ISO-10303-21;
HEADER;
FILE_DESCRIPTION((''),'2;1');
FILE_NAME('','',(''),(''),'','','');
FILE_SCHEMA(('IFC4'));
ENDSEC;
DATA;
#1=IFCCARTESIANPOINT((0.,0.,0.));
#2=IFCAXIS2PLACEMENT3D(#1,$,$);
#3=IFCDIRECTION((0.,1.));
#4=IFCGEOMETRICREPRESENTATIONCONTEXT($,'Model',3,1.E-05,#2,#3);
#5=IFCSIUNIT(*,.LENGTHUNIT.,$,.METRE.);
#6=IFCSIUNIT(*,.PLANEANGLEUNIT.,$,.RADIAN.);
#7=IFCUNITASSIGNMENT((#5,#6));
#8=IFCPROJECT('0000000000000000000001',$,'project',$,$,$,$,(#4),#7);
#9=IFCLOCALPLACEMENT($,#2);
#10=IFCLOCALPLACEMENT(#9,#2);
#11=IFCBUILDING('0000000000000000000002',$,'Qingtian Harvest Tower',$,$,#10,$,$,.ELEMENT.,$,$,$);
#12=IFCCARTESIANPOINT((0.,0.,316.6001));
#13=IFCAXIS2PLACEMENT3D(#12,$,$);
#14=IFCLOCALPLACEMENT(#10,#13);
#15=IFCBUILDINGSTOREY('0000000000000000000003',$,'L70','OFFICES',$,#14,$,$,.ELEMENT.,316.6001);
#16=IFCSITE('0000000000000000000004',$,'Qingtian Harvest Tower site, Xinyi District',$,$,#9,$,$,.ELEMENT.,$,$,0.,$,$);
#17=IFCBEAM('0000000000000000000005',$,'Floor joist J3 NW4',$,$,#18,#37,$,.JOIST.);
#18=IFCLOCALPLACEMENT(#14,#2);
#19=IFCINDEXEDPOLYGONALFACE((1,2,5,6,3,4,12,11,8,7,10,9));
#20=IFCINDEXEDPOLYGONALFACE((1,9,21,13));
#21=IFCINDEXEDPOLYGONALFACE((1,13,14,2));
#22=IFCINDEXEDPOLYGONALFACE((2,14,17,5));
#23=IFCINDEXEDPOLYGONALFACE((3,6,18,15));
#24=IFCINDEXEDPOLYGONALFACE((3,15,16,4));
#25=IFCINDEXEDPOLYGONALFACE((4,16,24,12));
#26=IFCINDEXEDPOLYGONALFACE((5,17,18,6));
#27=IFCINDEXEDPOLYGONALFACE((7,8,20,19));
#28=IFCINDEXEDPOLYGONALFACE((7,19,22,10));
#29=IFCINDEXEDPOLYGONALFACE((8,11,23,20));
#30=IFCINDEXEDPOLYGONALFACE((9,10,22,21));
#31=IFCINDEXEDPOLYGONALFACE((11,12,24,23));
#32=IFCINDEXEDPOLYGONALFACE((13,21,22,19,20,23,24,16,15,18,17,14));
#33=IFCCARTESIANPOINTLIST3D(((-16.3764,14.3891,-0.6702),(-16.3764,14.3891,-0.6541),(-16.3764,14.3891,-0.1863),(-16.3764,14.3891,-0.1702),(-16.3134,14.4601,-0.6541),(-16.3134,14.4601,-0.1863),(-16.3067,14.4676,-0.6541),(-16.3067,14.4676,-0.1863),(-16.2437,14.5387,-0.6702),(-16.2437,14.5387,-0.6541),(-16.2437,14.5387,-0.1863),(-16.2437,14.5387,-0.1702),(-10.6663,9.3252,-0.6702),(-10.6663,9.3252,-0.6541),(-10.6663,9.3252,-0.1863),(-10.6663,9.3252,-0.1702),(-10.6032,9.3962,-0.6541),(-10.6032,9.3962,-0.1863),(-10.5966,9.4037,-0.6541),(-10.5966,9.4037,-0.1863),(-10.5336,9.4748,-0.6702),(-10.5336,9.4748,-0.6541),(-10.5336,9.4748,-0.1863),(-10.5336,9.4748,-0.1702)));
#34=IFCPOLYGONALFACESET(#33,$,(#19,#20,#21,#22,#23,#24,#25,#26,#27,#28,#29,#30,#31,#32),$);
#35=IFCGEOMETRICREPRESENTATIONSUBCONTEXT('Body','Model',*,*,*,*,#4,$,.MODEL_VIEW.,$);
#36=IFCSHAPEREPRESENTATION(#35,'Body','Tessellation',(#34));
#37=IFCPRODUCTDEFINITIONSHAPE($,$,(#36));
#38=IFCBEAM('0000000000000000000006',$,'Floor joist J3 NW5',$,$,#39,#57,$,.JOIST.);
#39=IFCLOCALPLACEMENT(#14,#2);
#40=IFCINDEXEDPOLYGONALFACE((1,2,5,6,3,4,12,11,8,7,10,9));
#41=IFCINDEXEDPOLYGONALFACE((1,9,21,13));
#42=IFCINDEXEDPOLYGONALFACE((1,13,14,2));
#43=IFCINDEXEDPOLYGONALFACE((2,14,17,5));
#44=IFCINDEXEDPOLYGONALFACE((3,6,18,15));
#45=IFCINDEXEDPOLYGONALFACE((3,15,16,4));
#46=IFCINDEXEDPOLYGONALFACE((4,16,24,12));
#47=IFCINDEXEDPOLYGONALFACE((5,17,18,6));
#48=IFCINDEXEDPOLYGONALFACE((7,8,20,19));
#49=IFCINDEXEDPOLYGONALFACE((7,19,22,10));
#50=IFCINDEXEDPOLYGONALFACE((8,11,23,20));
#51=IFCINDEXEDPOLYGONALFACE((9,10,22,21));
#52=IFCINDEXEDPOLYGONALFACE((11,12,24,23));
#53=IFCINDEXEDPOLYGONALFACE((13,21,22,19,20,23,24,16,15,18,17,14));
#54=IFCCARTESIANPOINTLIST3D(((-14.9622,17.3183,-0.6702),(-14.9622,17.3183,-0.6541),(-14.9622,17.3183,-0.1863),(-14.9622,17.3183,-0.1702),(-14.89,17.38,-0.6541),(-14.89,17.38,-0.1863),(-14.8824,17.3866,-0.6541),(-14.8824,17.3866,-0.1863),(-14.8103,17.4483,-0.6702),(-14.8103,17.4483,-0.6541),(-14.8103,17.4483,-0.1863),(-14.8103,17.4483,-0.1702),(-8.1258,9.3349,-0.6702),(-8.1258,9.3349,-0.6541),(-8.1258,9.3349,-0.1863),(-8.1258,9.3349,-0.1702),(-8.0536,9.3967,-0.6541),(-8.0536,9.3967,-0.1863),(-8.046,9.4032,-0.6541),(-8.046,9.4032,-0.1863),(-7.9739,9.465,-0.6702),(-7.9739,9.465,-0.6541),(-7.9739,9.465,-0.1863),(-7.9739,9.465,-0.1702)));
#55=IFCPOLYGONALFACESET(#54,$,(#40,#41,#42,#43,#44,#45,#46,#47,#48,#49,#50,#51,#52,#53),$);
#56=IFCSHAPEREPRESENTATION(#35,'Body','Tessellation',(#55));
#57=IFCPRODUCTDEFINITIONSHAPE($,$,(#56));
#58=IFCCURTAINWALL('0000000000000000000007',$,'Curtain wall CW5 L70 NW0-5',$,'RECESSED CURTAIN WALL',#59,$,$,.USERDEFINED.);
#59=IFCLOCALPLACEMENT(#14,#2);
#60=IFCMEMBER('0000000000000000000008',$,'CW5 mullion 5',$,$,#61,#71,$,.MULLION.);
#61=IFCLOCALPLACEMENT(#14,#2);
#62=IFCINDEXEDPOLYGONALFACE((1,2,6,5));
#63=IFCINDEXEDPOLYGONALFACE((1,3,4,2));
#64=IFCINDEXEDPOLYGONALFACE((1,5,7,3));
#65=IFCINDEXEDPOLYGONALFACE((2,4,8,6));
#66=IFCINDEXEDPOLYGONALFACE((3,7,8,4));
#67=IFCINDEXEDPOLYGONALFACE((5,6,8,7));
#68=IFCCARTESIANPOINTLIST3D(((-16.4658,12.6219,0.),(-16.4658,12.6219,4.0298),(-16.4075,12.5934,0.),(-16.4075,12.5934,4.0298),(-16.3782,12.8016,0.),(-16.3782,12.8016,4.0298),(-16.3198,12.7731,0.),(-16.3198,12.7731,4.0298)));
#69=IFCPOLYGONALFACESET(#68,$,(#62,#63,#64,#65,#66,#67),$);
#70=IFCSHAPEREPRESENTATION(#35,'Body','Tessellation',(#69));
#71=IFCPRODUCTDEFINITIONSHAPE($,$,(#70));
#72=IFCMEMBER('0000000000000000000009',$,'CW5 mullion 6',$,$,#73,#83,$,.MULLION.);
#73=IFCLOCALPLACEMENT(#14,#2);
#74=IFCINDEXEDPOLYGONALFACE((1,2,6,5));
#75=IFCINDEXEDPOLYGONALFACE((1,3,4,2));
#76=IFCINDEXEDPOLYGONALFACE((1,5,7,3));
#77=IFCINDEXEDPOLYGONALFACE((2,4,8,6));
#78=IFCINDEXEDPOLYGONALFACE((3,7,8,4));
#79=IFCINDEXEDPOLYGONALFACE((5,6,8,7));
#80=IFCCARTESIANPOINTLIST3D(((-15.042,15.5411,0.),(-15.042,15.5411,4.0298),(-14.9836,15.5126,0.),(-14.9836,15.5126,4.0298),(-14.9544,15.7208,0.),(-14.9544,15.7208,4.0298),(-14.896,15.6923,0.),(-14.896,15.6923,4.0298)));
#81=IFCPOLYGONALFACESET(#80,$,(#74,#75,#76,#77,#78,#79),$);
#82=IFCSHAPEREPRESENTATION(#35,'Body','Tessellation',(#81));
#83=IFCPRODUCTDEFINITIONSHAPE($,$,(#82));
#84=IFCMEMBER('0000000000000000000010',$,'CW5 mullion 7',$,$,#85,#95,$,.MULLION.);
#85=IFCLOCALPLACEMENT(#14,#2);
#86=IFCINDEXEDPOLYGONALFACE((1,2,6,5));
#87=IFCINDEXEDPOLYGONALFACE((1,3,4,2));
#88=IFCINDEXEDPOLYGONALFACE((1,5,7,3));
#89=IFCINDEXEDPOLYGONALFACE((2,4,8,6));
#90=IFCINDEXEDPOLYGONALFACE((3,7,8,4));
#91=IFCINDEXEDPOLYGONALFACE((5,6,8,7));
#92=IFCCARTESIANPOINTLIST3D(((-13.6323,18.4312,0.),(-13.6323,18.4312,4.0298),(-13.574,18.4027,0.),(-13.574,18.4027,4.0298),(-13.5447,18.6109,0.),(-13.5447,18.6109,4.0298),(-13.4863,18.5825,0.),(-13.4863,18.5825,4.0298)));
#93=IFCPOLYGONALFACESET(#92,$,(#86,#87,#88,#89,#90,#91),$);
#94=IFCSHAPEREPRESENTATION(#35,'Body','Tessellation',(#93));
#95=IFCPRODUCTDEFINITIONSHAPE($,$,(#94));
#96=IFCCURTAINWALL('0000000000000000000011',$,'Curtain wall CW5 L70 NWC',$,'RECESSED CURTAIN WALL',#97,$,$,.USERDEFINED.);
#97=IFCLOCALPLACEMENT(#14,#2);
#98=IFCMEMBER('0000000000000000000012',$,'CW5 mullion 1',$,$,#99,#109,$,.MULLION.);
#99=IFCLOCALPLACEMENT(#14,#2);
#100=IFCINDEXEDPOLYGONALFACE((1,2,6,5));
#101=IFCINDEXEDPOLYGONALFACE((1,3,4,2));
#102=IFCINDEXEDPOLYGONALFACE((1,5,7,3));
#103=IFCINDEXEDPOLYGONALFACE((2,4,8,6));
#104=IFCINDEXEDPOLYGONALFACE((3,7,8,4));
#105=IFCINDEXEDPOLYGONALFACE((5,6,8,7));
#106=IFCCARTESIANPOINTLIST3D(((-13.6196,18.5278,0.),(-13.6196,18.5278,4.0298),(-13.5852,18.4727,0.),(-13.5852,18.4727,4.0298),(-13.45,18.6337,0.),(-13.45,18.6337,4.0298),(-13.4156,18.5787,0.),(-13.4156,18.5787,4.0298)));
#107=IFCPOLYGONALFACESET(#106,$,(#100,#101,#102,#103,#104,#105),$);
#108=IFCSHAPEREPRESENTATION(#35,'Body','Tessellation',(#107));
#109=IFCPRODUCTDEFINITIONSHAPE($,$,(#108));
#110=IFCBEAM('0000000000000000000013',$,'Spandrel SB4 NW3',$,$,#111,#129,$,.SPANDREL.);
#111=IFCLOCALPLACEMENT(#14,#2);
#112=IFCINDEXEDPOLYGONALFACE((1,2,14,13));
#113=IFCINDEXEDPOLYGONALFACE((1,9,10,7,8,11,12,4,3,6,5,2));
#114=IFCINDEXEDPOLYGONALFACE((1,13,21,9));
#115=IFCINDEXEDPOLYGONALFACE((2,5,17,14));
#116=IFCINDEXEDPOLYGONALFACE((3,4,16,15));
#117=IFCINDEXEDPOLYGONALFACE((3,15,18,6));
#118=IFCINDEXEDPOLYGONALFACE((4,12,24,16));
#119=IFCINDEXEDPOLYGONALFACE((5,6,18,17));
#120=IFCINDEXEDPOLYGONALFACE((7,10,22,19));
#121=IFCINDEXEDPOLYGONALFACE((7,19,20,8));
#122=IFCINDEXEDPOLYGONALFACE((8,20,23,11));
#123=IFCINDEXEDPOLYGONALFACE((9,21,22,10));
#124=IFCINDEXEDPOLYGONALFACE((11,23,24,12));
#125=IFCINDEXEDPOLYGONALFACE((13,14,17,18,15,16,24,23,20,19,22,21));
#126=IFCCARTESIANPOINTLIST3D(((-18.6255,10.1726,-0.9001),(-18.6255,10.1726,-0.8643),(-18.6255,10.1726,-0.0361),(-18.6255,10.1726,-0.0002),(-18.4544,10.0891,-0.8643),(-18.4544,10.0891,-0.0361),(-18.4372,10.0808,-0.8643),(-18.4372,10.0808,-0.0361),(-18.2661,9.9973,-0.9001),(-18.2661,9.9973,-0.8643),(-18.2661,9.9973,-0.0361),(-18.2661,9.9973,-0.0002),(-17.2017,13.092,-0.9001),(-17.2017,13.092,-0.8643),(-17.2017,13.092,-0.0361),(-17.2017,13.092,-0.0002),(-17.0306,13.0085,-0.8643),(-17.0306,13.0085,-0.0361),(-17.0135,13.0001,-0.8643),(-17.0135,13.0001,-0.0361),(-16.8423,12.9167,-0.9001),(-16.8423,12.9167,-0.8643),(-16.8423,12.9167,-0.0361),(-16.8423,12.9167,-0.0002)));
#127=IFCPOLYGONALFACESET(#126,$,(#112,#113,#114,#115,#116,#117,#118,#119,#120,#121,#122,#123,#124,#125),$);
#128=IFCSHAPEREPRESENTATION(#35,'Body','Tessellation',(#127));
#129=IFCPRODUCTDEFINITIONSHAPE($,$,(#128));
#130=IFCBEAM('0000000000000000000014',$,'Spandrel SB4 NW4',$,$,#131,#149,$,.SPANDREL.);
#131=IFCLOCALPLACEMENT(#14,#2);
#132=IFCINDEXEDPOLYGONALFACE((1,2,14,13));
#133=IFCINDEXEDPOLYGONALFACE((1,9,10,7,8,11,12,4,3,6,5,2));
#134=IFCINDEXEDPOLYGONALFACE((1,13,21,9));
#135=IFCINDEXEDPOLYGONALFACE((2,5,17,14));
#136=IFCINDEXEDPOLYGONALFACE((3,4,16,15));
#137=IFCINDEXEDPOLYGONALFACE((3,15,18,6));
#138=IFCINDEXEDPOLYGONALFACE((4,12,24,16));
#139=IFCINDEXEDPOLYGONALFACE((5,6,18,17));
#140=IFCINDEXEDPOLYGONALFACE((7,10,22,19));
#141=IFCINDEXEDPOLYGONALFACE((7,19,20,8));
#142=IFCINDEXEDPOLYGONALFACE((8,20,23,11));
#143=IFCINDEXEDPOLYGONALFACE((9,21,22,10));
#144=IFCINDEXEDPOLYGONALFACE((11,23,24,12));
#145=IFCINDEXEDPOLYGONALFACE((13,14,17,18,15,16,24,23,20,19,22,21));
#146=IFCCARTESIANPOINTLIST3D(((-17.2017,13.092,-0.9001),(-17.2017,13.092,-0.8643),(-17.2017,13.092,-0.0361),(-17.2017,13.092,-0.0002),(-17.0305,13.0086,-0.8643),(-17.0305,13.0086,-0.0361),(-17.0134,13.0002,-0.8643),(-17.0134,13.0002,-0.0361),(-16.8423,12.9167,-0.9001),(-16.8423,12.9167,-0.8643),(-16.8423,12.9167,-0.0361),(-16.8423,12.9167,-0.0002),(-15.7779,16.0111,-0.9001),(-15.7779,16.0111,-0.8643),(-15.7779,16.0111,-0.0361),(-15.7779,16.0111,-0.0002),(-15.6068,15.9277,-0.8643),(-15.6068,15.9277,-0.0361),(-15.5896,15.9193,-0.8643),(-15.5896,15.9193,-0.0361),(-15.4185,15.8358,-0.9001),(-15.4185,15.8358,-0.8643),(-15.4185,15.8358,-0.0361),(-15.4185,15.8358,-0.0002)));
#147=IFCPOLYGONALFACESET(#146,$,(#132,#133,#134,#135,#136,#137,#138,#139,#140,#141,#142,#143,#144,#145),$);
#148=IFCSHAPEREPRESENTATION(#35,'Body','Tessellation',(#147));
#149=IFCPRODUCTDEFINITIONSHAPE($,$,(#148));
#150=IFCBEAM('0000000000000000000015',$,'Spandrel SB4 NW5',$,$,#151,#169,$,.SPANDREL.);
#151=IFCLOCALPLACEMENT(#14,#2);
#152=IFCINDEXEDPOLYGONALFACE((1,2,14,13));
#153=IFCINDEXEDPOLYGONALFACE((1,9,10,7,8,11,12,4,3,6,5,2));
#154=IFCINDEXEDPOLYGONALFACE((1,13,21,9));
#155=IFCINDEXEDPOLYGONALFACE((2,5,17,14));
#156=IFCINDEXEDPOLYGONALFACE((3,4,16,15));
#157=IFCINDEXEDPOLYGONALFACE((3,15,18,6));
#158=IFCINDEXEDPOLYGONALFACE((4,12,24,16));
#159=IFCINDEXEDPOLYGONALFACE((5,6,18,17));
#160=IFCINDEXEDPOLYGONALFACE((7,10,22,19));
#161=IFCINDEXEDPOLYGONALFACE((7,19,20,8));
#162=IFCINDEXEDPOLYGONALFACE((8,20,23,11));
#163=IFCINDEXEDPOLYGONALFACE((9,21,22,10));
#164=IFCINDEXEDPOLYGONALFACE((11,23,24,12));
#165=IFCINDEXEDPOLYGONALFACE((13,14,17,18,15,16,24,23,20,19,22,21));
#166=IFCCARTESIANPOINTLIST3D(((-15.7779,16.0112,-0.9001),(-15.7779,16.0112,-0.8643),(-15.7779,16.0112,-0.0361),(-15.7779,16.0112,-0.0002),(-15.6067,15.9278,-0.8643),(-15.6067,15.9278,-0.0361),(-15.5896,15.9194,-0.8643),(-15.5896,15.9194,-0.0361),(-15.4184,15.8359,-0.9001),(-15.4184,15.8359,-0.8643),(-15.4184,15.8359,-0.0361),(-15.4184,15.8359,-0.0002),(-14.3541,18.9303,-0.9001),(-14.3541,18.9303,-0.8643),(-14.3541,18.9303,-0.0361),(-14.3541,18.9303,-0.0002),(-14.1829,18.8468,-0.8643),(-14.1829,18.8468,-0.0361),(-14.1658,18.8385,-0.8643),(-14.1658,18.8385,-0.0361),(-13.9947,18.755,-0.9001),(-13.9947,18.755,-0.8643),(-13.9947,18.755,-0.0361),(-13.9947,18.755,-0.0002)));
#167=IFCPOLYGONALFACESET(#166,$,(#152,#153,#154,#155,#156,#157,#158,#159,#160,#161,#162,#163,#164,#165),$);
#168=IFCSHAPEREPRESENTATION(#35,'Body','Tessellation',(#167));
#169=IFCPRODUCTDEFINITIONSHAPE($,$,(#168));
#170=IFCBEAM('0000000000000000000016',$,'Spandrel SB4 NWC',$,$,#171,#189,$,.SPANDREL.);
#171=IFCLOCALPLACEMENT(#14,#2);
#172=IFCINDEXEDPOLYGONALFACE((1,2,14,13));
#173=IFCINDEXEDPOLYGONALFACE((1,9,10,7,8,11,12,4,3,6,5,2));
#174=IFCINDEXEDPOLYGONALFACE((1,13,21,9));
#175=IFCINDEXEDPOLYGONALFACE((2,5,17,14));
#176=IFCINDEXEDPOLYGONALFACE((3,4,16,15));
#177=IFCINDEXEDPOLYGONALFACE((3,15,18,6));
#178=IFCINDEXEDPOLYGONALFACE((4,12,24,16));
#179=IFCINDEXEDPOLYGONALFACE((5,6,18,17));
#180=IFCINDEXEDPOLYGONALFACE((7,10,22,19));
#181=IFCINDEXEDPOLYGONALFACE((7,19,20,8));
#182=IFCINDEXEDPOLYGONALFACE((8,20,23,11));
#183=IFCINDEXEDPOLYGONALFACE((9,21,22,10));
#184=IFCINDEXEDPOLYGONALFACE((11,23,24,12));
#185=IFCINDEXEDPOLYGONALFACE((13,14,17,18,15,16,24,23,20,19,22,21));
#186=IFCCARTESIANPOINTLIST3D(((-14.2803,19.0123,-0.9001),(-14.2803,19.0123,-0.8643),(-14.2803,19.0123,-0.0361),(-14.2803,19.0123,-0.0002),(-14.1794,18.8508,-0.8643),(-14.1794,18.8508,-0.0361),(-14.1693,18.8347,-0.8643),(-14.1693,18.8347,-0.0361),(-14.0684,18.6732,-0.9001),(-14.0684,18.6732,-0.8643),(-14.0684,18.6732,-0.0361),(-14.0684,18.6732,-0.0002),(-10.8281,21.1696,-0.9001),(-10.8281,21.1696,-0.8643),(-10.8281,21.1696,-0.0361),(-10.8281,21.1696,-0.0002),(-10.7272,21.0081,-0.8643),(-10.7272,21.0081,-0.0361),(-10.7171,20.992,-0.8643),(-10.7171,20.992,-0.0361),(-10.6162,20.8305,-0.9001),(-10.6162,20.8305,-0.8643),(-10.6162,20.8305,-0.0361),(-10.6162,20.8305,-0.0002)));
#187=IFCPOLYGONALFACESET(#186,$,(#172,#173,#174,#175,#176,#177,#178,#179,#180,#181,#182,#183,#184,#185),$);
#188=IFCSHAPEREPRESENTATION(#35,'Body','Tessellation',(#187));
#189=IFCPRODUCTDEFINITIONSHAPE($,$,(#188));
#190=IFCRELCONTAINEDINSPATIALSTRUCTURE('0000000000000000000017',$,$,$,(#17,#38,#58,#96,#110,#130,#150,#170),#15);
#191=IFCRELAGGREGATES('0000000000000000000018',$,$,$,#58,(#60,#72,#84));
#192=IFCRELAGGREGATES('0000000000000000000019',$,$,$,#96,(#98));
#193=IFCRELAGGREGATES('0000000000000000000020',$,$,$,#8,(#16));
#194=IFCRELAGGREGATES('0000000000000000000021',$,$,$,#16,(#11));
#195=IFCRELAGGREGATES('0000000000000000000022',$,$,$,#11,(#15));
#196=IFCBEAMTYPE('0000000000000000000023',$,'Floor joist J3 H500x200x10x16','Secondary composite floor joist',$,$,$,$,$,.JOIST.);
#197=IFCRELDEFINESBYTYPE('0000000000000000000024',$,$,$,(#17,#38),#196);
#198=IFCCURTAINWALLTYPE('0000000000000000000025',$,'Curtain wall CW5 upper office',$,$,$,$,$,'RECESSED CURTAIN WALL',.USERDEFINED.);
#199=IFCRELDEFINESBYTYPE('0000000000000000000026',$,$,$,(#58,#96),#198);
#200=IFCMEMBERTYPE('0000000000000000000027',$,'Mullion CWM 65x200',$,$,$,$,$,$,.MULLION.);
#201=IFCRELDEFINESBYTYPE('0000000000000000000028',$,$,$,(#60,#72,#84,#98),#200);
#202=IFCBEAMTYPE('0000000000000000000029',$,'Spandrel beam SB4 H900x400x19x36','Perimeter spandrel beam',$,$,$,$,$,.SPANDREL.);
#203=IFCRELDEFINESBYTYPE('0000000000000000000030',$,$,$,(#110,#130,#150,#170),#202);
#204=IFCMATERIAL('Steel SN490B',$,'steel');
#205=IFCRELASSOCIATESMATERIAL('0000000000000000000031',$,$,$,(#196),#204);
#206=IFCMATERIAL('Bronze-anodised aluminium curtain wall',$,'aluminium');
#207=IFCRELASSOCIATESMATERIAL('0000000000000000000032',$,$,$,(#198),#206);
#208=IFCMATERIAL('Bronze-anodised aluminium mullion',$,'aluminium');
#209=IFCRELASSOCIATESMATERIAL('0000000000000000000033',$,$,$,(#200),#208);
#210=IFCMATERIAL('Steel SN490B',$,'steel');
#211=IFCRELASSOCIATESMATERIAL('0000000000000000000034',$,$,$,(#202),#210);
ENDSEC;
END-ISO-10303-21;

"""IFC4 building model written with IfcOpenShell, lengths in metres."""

from ifc_helpers import new_model, si_unit, direction, frame, origin, origin_2d, place, context, subcontext, project, spatial, rectangle, i_section, extrude, material, material_profile, profile_set, type_object, element, aggregate, save


model = new_model("IFC4")

# Units and contexts
model_context = context("Model", 3, precision=1e-05, world=origin(), true_north=direction((0.0, 1.0)))
body_context = subcontext(model_context, "Body", "Model", "MODEL_VIEW")
ifc_project = project(units=[si_unit("LENGTHUNIT", "METRE"), si_unit("PLANEANGLEUNIT", "RADIAN")], contexts=[model_context])

# Site, building, storey
site_placement = place(None, origin())
site = spatial("IfcSite", under=ifc_project, at=site_placement, Name="Qingtian Harvest Tower site, Xinyi District", CompositionType="ELEMENT", RefElevation=0.0)
building_placement = place(site_placement, origin())
building = spatial("IfcBuilding", under=site, at=building_placement, Name="Qingtian Harvest Tower", CompositionType="ELEMENT")
storey_placement = place(building_placement, frame((0.0, 0.0, 316.6001)))
storey = spatial("IfcBuildingStorey", under=building, at=storey_placement, Name="L70", Description="OFFICES", CompositionType="ELEMENT", Elevation=316.6001)

# Beams
ifc_material_1 = material(Name="Steel SN490B", Category="steel")
ifc_material_profile_1 = material_profile(ifc_material_1, i_section(OverallWidth=0.2, OverallDepth=0.5, WebThickness=0.01, FlangeThickness=0.0161, at=origin_2d()), Name="H500x200x10x16")
ifc_profile_set_1 = profile_set([ifc_material_profile_1], Name="Steel SN490B")
beam_type_1 = type_object("IfcBeamType", Name="Floor joist J3 H500x200x10x16", Description="Secondary composite floor joist", PredefinedType="JOIST", material=ifc_profile_set_1)
beam_1_placement = place(storey_placement, frame((-16.3101, 14.4639, -0.4202), z_axis=(0.748175, -0.663502, 0.0), x_axis=(0.663502, 0.748175, 0.0)))
element("IfcBeam", 1, at=beam_1_placement, inside=storey, type_object=beam_type_1, Name="Floor joist J3 NW4", PredefinedType="JOIST", context=body_context, shape_type="SweptSolid", body=[
    extrude(i_section(OverallWidth=0.2, OverallDepth=0.5, WebThickness=0.01, FlangeThickness=0.0161, at=origin_2d()), origin(), (0.0, 0.0, 1.0), 7.6321),
])
beam_2_placement = place(storey_placement, frame((-14.8862, 17.3833, -0.4202), z_axis=(0.650436, -0.759561, 0.0), x_axis=(0.759561, 0.650436, 0.0)))
element("IfcBeam", 2, at=beam_2_placement, inside=storey, type_object=beam_type_1, Name="Floor joist J3 NW5", PredefinedType="JOIST", context=body_context, shape_type="SweptSolid", body=[
    extrude(i_section(OverallWidth=0.2, OverallDepth=0.5, WebThickness=0.01, FlangeThickness=0.0161, at=origin_2d()), origin(), (0.0, 0.0, 1.0), 10.5105),
])

# Curtain wall, members
ifc_material_2 = material(Name="Bronze-anodised aluminium curtain wall", Category="aluminium")
curtain_wall_type = type_object("IfcCurtainWallType", Name="Curtain wall CW5 upper office", ElementType="RECESSED CURTAIN WALL", PredefinedType="USERDEFINED", material=ifc_material_2)
curtain_wall_1_placement = place(storey_placement, origin())
curtain_wall_1 = element("IfcCurtainWall", 3, at=curtain_wall_1_placement, inside=storey, type_object=curtain_wall_type, Name="Curtain wall CW5 L70 NW0-5", ObjectType="RECESSED CURTAIN WALL", PredefinedType="USERDEFINED")
ifc_material_3 = material(Name="Bronze-anodised aluminium mullion", Category="aluminium")
ifc_material_profile_2 = material_profile(ifc_material_3, rectangle(XDim=0.0649, YDim=0.2, at=origin_2d()), Name="AL 65x200")
ifc_profile_set_2 = profile_set([ifc_material_profile_2], Name="Bronze-anodised aluminium mullion")
member_type_1 = type_object("IfcMemberType", Name="Mullion CWM 65x200", PredefinedType="MULLION", material=ifc_profile_set_2)
member_1_placement = place(storey_placement, frame((-16.3928, 12.6975, 0.0), z_axis=(0.0, 0.0, 1.0), x_axis=(-0.898794, 0.438371, 0.0)))
member_1 = element("IfcMember", 4, at=member_1_placement, type_object=member_type_1, Name="CW5 mullion 5", PredefinedType="MULLION", context=body_context, shape_type="SweptSolid", body=[
    extrude(rectangle(XDim=0.0649, YDim=0.2, at=origin_2d()), origin(), (0.0, 0.0, 1.0), 4.0298),
])
member_2_placement = place(storey_placement, frame((-14.969, 15.6167, 0.0), z_axis=(0.0, 0.0, 1.0), x_axis=(-0.898794, 0.438371, 0.0)))
member_2 = element("IfcMember", 5, at=member_2_placement, type_object=member_type_1, Name="CW5 mullion 6", PredefinedType="MULLION", context=body_context, shape_type="SweptSolid", body=[
    extrude(rectangle(XDim=0.0649, YDim=0.2, at=origin_2d()), origin(), (0.0, 0.0, 1.0), 4.0298),
])
member_3_placement = place(storey_placement, frame((-13.5593, 18.5068, 0.0), z_axis=(0.0, 0.0, 1.0), x_axis=(-0.898794, 0.438371, 0.0)))
member_3 = element("IfcMember", 6, at=member_3_placement, type_object=member_type_1, Name="CW5 mullion 7", PredefinedType="MULLION", context=body_context, shape_type="SweptSolid", body=[
    extrude(rectangle(XDim=0.0649, YDim=0.2, at=origin_2d()), origin(), (0.0, 0.0, 1.0), 4.0298),
])

# Curtain wall, member
curtain_wall_2_placement = place(storey_placement, origin())
curtain_wall_2 = element("IfcCurtainWall", 7, at=curtain_wall_2_placement, inside=storey, type_object=curtain_wall_type, Name="Curtain wall CW5 L70 NWC", ObjectType="RECESSED CURTAIN WALL", PredefinedType="USERDEFINED")
member_4_placement = place(storey_placement, frame((-13.5176, 18.5532, 0.0), z_axis=(0.0, 0.0, 1.0), x_axis=(-0.529919, 0.848048, 0.0)))
member_4 = element("IfcMember", 8, at=member_4_placement, type_object=member_type_1, Name="CW5 mullion 1", PredefinedType="MULLION", context=body_context, shape_type="SweptSolid", body=[
    extrude(rectangle(XDim=0.0649, YDim=0.2, at=origin_2d()), origin(), (0.0, 0.0, 1.0), 4.0298),
])

# Beams
ifc_material_4 = material(Name="Steel SN490B", Category="steel")
ifc_material_profile_3 = material_profile(ifc_material_4, i_section(OverallWidth=0.3999, OverallDepth=0.8999, WebThickness=0.019, FlangeThickness=0.0359, at=origin_2d()), Name="H900x400x19x36")
ifc_profile_set_3 = profile_set([ifc_material_profile_3], Name="Steel SN490B")
beam_type_2 = type_object("IfcBeamType", Name="Spandrel beam SB4 H900x400x19x36", Description="Perimeter spandrel beam", PredefinedType="SPANDREL", material=ifc_profile_set_3)
beam_3_placement = place(storey_placement, frame((-18.4458, 10.085, -0.4502), z_axis=(0.438353, 0.898803, 0.0), x_axis=(-0.898803, 0.438353, 0.0)))
element("IfcBeam", 9, at=beam_3_placement, inside=storey, type_object=beam_type_2, Name="Spandrel SB4 NW3", PredefinedType="SPANDREL", context=body_context, shape_type="SweptSolid", body=[
    extrude(i_section(OverallWidth=0.3999, OverallDepth=0.8999, WebThickness=0.019, FlangeThickness=0.0359, at=origin_2d()), origin(), (0.0, 0.0, 1.0), 3.248),
])
for number, where, z_axis, x_axis, name in (
    (10, (-17.022, 13.0044, -0.4502), (0.438382, 0.898789, 0.0), (-0.898789, 0.438382, 0.0), "Spandrel SB4 NW4"),
    (11, (-15.5981, 15.9236, -0.4502), (0.438382, 0.898789, 0.0), (-0.898789, 0.438382, 0.0), "Spandrel SB4 NW5"),
):
    element("IfcBeam", number, at=place(storey_placement, frame(where, z_axis=z_axis, x_axis=x_axis)), inside=storey, type_object=beam_type_2, Name=name, PredefinedType="SPANDREL", context=body_context, shape_type="SweptSolid", body=[
        extrude(i_section(OverallWidth=0.3999, OverallDepth=0.8999, WebThickness=0.019, FlangeThickness=0.0359, at=origin_2d()), origin(), (0.0, 0.0, 1.0), 3.2478),
    ])
beam_4_placement = place(storey_placement, frame((-14.1743, 18.8428, -0.4502), z_axis=(0.848039, 0.529934, 0.0), x_axis=(-0.529934, 0.848039, 0.0)))
element("IfcBeam", 12, at=beam_4_placement, inside=storey, type_object=beam_type_2, Name="Spandrel SB4 NWC", PredefinedType="SPANDREL", context=body_context, shape_type="SweptSolid", body=[
    extrude(i_section(OverallWidth=0.3999, OverallDepth=0.8999, WebThickness=0.019, FlangeThickness=0.0359, at=origin_2d()), origin(), (0.0, 0.0, 1.0), 4.0708),
])

aggregate(curtain_wall_1, [member_1, member_2, member_3])
aggregate(curtain_wall_2, [member_4])

save(model, "model.ifc")
